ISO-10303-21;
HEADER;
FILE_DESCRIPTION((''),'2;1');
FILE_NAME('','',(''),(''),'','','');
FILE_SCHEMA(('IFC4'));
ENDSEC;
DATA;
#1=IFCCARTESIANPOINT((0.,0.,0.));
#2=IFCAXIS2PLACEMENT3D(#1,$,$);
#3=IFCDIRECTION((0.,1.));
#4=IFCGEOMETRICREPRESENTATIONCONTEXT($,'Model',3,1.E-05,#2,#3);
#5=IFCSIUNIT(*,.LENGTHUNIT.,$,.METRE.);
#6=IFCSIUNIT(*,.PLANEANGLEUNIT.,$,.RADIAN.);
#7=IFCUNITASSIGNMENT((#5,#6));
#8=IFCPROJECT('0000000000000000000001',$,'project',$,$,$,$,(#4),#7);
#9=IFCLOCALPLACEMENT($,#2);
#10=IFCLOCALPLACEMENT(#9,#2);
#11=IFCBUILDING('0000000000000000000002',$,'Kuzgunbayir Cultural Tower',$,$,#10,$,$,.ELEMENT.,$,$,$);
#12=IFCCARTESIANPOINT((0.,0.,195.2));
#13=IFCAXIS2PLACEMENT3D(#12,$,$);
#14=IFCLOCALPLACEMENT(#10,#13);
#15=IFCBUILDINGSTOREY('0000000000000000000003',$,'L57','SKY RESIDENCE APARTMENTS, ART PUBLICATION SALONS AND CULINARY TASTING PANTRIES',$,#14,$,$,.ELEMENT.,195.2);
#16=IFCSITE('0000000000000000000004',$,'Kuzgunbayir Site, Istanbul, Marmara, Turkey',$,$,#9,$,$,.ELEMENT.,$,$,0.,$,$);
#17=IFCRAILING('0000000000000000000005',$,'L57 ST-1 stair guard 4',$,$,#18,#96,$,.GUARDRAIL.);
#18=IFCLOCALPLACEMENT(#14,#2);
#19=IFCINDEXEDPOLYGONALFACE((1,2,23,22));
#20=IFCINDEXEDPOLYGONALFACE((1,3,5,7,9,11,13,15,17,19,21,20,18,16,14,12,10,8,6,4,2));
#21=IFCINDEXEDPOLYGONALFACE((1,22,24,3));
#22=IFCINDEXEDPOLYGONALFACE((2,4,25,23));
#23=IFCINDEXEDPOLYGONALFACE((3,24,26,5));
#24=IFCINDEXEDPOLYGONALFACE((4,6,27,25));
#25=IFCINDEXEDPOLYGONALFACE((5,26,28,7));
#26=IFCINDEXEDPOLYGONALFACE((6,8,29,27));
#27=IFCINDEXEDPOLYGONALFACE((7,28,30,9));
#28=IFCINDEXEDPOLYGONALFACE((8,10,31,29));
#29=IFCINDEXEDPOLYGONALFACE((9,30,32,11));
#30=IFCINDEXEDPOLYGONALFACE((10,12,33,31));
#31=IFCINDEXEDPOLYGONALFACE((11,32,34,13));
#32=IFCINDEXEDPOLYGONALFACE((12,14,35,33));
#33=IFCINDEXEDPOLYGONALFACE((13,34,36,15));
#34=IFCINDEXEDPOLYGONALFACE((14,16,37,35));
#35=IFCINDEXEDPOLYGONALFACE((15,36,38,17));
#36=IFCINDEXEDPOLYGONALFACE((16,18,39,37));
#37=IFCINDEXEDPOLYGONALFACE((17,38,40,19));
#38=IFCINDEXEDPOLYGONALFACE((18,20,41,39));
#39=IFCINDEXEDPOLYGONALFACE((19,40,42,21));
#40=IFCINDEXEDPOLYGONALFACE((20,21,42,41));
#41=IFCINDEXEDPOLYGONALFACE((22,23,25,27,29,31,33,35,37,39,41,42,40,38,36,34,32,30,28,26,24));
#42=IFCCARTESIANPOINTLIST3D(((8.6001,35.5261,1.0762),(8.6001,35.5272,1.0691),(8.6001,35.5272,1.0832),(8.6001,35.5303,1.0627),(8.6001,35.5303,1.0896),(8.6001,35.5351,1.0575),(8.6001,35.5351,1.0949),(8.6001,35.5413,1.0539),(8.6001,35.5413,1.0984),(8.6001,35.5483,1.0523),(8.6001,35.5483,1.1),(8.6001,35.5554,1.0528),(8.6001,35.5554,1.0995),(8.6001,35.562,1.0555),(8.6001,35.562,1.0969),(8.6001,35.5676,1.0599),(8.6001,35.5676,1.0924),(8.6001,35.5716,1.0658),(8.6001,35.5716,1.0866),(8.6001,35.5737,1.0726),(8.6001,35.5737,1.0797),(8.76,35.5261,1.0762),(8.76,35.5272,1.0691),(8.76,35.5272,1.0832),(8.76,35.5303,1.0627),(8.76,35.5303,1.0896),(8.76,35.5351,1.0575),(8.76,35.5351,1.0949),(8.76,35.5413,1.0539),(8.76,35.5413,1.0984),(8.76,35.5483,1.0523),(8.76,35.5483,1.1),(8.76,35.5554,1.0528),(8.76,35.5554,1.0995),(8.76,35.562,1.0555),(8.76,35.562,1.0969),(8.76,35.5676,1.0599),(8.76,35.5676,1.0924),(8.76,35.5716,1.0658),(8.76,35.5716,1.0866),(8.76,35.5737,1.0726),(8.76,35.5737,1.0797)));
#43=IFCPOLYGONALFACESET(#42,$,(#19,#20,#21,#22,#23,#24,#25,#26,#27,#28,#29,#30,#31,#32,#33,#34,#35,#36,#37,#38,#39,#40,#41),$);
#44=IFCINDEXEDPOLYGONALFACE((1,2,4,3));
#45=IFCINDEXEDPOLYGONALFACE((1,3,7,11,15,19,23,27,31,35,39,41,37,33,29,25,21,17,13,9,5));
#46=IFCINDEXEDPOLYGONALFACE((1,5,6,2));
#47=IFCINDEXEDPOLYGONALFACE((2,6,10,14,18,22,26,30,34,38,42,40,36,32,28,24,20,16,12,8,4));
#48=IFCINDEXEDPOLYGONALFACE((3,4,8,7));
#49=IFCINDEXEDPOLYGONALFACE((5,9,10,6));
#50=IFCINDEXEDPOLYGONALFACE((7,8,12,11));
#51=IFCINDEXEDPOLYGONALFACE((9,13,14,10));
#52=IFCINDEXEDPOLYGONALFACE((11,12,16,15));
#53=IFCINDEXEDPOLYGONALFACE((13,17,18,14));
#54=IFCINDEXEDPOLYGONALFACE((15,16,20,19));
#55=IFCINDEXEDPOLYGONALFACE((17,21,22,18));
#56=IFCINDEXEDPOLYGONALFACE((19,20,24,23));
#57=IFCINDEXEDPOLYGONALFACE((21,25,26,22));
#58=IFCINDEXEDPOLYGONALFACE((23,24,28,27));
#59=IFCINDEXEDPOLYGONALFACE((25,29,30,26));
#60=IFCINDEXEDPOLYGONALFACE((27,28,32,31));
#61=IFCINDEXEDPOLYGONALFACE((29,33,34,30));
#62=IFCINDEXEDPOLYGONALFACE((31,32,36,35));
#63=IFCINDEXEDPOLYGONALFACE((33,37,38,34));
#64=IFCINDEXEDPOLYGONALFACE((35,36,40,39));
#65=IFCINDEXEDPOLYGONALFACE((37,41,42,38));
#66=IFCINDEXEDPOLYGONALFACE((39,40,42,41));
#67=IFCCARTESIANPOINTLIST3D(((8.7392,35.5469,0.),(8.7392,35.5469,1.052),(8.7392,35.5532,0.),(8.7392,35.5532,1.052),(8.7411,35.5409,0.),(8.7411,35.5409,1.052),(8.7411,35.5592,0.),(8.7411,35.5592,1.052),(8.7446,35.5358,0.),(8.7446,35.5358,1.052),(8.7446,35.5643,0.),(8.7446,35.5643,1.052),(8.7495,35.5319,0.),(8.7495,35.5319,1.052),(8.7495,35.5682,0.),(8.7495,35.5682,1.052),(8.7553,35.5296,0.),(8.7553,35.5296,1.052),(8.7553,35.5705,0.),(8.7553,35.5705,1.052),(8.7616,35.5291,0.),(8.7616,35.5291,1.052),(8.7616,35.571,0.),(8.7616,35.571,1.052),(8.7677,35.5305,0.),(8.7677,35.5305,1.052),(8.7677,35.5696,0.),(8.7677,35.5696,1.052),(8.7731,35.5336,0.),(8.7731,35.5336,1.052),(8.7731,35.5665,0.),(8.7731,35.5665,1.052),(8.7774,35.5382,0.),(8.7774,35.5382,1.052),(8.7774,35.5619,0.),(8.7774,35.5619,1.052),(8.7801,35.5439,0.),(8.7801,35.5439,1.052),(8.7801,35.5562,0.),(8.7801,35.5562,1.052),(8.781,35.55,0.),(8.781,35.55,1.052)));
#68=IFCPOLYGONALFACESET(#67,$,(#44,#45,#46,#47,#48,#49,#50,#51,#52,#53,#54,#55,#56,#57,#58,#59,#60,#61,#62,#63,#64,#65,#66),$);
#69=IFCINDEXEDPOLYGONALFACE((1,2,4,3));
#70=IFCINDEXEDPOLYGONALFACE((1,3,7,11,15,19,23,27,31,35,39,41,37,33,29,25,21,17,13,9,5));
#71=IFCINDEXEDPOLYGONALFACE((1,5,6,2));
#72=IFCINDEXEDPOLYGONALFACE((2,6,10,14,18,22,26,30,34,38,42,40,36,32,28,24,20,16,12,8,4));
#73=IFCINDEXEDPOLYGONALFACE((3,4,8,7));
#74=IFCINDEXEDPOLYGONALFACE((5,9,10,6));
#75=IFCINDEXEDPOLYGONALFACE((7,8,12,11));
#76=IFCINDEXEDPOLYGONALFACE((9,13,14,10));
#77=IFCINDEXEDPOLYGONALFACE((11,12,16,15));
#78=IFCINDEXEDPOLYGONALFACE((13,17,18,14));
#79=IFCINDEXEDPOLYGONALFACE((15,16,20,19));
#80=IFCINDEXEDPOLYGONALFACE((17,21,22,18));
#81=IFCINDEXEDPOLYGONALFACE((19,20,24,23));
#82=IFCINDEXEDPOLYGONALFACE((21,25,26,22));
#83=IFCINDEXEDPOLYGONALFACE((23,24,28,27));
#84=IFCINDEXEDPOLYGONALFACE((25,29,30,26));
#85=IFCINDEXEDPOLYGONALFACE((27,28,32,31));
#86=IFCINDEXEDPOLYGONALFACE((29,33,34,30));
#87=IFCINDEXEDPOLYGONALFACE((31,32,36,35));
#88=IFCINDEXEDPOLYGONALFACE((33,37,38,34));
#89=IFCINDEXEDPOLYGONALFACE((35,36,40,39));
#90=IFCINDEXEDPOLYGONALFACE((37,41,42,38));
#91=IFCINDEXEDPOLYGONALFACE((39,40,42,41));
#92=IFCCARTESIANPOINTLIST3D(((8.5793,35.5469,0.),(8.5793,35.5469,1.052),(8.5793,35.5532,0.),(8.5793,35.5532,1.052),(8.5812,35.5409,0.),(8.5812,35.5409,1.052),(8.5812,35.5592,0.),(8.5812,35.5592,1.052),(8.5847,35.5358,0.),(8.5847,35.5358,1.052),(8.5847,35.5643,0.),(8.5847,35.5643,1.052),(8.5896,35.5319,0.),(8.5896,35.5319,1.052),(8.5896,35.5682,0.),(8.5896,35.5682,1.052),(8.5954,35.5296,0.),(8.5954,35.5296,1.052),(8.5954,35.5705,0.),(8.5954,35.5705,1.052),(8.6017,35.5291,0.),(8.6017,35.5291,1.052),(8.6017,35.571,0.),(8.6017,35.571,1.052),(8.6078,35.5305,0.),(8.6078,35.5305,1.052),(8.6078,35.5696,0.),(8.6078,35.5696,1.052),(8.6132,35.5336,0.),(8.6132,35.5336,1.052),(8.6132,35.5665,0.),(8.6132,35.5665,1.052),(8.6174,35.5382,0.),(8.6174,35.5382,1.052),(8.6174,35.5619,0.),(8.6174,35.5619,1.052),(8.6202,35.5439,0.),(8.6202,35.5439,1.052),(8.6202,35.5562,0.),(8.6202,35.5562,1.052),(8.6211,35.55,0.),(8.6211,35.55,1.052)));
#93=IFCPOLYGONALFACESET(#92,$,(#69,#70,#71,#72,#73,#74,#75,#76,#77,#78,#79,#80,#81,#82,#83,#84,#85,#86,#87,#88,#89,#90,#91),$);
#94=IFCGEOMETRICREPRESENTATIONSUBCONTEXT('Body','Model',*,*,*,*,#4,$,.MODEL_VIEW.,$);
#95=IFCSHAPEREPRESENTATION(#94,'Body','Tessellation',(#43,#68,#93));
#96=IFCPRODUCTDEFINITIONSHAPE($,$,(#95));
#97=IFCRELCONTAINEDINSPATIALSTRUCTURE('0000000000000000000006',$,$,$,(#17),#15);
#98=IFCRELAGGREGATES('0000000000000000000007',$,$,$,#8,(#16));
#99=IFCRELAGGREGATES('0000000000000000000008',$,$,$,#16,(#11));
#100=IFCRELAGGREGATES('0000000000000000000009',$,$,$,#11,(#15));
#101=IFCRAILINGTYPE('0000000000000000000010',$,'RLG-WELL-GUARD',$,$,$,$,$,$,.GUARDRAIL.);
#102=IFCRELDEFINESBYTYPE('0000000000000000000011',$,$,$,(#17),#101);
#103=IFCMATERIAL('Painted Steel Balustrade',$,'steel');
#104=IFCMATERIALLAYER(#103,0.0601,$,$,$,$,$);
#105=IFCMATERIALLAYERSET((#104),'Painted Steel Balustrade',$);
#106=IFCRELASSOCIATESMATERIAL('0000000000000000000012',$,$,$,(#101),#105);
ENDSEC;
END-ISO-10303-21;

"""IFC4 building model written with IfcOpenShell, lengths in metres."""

from ifc_helpers import new_model, si_unit, direction, frame, origin, origin_2d, place, context, subcontext, project, spatial, circle, extrude, material, layer, layer_set, type_object, element, save


model = new_model("IFC4")

# Units and contexts
model_context = context("Model", 3, precision=1e-05, world=origin(), true_north=direction((0.0, 1.0)))
body_context = subcontext(model_context, "Body", "Model", "MODEL_VIEW")
ifc_project = project(units=[si_unit("LENGTHUNIT", "METRE"), si_unit("PLANEANGLEUNIT", "RADIAN")], contexts=[model_context])

# Site, building, storey
site_placement = place(None, origin())
site = spatial("IfcSite", under=ifc_project, at=site_placement, Name="Kuzgunbayir Site, Istanbul, Marmara, Turkey", CompositionType="ELEMENT", RefElevation=0.0)
building_placement = place(site_placement, origin())
building = spatial("IfcBuilding", under=site, at=building_placement, Name="Kuzgunbayir Cultural Tower", CompositionType="ELEMENT")
storey_placement = place(building_placement, frame((0.0, 0.0, 195.2)))
storey = spatial("IfcBuildingStorey", under=building, at=storey_placement, Name="L57", Description="SKY RESIDENCE APARTMENTS, ART PUBLICATION SALONS AND CULINARY TASTING PANTRIES", CompositionType="ELEMENT", Elevation=195.2)

# Railing
ifc_material_1 = material(Name="Painted Steel Balustrade", Category="steel")
ifc_layer_1 = layer(ifc_material_1, 0.0601)
ifc_layer_set_1 = layer_set([ifc_layer_1], Name="Painted Steel Balustrade")
railing_type_1 = type_object("IfcRailingType", Name="RLG-WELL-GUARD", PredefinedType="GUARDRAIL", material=ifc_layer_set_1)
railing_1_placement = place(storey_placement, frame((8.76, 35.55, 0.0)))
element("IfcRailing", 1, at=railing_1_placement, inside=storey, type_object=railing_type_1, Name="L57 ST-1 stair guard 4", PredefinedType="GUARDRAIL", context=body_context, shape_type="SweptSolid", body=[
    extrude(circle(Radius=0.0239, at=origin_2d()), frame((0.0, 0.0, 1.0762), z_axis=(-1.0, 0.0, 0.0), x_axis=(0.0, -1.0, 0.0)), (0.0, 0.0, 1.0), 0.1599),
    extrude(circle(Radius=0.021, at=origin_2d()), origin(), (0.0, 0.0, 1.0), 1.052),
    extrude(circle(Radius=0.021, at=origin_2d()), frame((-0.1599, 0.0, 0.0)), (0.0, 0.0, 1.0), 1.052),
])

save(model, "model.ifc")
